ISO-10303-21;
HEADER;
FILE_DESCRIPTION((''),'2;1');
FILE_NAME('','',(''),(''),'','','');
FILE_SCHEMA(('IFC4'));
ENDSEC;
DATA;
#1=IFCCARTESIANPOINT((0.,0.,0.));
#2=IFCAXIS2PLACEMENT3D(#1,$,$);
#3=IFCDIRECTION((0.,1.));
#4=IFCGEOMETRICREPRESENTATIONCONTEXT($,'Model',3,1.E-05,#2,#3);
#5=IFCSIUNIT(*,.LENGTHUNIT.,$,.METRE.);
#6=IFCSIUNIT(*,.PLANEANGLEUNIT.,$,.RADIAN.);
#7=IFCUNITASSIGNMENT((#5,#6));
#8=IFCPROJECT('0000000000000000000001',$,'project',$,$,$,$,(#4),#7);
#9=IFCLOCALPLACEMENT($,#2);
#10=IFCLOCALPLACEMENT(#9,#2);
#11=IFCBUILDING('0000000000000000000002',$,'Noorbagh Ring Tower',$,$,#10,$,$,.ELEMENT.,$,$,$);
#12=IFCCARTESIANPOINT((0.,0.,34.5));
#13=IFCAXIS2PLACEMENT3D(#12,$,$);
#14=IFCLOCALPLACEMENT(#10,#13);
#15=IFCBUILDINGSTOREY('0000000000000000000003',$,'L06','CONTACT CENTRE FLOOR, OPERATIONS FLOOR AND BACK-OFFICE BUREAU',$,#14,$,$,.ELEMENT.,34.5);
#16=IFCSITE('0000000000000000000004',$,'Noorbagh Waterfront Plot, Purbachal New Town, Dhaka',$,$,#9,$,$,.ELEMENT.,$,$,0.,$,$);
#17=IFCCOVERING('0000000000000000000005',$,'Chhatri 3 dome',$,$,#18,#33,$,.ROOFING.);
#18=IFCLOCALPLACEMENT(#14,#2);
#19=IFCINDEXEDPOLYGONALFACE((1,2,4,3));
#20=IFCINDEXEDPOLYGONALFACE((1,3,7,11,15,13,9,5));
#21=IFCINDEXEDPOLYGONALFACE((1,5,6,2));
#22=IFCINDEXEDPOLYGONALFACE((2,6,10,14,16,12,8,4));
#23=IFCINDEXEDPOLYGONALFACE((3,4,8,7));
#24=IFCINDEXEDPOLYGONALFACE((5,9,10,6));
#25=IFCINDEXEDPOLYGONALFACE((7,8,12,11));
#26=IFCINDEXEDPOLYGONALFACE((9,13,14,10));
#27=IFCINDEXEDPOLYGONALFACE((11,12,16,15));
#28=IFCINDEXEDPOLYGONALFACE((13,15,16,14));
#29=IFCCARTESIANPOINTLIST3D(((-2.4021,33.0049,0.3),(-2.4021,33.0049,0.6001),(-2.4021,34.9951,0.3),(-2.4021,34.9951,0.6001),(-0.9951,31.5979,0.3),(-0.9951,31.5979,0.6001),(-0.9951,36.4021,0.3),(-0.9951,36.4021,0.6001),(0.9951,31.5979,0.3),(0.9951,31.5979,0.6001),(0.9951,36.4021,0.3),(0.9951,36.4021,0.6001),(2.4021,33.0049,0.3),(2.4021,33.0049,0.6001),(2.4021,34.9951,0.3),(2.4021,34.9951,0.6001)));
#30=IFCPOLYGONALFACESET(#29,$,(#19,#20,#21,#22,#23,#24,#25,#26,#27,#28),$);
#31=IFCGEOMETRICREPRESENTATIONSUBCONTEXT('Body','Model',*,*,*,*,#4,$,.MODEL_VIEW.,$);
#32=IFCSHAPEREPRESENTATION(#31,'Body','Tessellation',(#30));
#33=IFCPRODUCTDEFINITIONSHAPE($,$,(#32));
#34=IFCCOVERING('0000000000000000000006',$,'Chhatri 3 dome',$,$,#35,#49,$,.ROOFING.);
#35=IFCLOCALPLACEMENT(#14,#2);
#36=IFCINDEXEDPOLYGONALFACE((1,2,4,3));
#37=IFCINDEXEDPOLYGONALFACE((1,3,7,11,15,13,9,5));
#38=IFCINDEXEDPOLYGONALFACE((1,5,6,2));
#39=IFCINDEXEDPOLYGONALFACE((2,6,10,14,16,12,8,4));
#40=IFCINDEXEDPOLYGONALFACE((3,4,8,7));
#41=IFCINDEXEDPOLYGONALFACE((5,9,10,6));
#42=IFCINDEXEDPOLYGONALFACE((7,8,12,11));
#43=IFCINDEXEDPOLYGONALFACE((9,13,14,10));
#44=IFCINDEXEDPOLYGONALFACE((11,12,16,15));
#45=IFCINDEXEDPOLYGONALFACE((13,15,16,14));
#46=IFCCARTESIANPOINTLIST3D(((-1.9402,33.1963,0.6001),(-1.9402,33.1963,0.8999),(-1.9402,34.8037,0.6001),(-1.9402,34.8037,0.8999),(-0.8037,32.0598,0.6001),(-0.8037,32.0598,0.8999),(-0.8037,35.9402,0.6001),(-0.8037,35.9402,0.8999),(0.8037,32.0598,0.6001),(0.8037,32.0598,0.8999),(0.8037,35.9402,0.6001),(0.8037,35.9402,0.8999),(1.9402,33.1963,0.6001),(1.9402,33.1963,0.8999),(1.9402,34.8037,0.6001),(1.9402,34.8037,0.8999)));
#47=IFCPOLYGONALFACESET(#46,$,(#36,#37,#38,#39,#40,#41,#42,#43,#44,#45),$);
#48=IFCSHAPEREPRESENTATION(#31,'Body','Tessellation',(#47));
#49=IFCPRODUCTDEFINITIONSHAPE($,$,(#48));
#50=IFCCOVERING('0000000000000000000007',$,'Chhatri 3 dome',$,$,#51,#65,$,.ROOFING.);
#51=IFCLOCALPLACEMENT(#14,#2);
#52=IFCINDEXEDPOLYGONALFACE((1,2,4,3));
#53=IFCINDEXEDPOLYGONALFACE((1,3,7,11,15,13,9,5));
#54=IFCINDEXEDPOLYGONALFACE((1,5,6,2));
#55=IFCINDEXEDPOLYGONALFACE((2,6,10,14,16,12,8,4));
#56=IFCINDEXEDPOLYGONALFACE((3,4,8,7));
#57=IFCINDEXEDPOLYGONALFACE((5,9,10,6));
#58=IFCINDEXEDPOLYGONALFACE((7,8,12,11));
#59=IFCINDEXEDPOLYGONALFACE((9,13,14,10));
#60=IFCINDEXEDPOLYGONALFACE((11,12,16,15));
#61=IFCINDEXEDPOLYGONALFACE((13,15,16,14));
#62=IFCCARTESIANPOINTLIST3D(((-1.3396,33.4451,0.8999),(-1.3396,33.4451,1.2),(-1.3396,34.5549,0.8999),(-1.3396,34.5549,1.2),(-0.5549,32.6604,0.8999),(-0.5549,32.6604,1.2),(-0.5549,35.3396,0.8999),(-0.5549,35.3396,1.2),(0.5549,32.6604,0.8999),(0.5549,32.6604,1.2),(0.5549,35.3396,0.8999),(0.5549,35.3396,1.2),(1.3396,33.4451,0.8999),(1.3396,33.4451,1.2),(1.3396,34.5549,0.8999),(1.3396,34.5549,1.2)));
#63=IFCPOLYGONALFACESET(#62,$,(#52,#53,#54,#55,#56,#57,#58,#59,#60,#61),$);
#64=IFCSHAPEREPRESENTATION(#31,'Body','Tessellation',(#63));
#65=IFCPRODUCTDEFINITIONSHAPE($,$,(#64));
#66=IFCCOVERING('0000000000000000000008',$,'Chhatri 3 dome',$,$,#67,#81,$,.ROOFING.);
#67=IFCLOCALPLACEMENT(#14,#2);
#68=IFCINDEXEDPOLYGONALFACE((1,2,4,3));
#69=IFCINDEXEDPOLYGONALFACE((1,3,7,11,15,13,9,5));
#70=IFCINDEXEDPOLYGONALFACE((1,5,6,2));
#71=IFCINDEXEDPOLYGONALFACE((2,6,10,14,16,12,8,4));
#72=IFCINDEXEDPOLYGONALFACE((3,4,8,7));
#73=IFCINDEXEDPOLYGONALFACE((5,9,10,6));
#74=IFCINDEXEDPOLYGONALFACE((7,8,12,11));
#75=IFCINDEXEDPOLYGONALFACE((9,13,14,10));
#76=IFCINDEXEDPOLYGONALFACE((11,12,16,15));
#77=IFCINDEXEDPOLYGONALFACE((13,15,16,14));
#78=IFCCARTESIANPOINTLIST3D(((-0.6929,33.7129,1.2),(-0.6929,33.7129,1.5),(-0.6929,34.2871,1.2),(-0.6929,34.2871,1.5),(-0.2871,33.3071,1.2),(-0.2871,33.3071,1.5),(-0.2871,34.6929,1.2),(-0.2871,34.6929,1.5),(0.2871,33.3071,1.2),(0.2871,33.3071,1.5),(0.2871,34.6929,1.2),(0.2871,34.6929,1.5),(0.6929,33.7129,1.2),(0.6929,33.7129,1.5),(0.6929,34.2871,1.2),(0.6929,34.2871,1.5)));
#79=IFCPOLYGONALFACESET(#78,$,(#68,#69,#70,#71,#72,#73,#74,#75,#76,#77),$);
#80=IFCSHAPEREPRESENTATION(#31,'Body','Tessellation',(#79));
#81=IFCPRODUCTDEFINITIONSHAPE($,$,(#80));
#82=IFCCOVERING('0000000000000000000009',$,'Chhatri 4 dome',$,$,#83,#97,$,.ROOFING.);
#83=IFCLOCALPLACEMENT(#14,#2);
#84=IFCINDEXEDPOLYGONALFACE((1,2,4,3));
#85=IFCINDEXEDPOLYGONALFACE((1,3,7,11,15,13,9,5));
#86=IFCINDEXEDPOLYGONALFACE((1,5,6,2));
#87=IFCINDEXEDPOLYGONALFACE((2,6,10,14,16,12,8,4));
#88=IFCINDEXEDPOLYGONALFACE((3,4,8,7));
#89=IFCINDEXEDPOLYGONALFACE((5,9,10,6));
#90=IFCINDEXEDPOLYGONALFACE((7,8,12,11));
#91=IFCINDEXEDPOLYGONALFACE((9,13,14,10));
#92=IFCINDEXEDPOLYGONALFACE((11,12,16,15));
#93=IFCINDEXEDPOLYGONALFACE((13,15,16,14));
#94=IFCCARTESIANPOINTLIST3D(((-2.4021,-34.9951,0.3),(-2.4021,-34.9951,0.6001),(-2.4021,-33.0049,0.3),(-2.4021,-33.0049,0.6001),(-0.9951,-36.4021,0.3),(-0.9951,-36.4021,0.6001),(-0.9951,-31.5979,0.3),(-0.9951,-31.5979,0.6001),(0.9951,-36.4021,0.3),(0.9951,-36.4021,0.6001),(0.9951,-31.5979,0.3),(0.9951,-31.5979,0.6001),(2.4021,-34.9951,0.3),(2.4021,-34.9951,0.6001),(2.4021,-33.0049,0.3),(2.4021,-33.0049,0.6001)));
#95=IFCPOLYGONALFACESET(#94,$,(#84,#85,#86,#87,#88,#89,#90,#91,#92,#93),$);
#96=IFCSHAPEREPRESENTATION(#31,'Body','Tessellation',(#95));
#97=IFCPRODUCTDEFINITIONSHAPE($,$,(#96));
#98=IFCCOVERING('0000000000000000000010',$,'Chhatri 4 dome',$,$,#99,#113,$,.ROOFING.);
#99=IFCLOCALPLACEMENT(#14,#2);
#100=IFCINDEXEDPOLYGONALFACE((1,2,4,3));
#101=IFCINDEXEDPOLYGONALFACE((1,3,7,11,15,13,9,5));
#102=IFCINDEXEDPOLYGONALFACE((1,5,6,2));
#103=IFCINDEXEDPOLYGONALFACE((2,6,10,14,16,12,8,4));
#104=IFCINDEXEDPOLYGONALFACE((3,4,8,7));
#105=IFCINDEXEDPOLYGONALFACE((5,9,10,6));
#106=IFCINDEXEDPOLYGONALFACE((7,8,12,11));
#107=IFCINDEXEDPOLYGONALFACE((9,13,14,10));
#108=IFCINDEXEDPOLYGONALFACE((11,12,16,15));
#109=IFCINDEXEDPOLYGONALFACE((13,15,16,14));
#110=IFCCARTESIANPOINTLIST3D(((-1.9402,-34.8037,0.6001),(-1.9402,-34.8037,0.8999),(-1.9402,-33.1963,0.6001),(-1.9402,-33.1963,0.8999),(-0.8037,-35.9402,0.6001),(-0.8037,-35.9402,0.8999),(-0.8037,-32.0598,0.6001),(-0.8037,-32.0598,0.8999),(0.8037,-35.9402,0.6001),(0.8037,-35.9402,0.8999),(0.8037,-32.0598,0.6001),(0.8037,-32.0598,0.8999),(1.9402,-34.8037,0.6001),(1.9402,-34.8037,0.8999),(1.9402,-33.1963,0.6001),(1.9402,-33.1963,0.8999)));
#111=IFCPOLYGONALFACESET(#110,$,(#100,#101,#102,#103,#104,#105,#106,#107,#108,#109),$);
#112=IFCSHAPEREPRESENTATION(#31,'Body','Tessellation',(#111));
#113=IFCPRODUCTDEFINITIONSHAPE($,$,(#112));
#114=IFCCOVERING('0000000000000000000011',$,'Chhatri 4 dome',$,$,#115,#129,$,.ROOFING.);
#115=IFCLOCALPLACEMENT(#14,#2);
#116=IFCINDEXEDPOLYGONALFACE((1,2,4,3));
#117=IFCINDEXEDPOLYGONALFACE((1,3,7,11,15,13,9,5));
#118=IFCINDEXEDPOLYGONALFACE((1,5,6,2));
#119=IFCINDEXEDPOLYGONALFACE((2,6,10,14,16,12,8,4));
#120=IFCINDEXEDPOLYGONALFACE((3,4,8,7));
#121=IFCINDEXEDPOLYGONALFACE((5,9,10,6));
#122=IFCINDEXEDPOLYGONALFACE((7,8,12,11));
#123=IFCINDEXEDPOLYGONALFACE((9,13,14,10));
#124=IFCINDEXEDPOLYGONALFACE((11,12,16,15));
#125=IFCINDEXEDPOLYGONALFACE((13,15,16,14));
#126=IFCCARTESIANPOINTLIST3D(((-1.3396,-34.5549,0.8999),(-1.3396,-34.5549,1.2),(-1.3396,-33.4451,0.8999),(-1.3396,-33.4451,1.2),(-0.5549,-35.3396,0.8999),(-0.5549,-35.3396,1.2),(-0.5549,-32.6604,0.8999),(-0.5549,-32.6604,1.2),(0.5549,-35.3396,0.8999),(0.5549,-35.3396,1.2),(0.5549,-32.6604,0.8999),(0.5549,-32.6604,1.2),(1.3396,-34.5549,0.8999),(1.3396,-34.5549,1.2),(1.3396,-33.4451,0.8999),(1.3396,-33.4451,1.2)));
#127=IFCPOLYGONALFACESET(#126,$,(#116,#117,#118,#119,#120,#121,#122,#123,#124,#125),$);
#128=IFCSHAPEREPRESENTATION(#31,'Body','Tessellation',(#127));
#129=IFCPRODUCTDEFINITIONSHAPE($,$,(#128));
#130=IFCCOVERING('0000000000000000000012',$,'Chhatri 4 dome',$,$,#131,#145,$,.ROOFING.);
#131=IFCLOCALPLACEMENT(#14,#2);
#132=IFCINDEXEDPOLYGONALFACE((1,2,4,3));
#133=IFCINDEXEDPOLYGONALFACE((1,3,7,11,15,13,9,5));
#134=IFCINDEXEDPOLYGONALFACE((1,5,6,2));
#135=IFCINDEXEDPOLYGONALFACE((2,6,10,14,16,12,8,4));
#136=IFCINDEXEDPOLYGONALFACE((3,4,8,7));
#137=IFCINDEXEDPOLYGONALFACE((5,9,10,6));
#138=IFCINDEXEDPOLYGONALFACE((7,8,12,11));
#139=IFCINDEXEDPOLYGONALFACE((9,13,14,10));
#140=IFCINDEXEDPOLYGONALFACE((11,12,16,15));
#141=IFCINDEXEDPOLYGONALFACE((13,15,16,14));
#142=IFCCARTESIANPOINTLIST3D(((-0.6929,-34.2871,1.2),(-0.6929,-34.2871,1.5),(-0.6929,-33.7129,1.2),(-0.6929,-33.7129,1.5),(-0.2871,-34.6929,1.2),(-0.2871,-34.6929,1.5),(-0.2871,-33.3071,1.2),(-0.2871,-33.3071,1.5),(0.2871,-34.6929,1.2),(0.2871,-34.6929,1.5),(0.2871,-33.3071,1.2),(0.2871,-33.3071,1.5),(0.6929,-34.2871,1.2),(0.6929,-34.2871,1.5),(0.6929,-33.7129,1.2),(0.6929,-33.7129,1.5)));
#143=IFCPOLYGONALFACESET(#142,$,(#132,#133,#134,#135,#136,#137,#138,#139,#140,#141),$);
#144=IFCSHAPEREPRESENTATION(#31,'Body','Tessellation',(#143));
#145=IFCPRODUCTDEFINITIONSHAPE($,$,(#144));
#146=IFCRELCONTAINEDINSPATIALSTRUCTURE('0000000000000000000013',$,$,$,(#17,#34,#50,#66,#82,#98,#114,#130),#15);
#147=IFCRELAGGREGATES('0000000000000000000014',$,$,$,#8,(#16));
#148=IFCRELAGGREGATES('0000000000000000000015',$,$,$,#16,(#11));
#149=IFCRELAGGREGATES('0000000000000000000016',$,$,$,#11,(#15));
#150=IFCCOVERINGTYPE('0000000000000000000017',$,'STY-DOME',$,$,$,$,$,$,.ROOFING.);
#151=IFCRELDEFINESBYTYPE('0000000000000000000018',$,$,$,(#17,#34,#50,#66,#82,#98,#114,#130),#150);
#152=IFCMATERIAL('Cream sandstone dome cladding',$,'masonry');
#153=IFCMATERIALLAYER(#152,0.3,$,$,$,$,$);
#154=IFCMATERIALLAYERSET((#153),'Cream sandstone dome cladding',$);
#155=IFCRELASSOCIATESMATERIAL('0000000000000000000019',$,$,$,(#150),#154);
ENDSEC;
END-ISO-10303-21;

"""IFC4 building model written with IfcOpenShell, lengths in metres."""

from ifc_helpers import new_model, si_unit, direction, frame, origin, place, context, subcontext, project, spatial, polyline, outline, extrude, material, layer, layer_set, type_object, element, save


model = new_model("IFC4")

# Units and contexts
model_context = context("Model", 3, precision=1e-05, world=origin(), true_north=direction((0.0, 1.0)))
body_context = subcontext(model_context, "Body", "Model", "MODEL_VIEW")
ifc_project = project(units=[si_unit("LENGTHUNIT", "METRE"), si_unit("PLANEANGLEUNIT", "RADIAN")], contexts=[model_context])

# Site, building, storey
site_placement = place(None, origin())
site = spatial("IfcSite", under=ifc_project, at=site_placement, Name="Noorbagh Waterfront Plot, Purbachal New Town, Dhaka", CompositionType="ELEMENT", RefElevation=0.0)
building_placement = place(site_placement, origin())
building = spatial("IfcBuilding", under=site, at=building_placement, Name="Noorbagh Ring Tower", CompositionType="ELEMENT")
storey_placement = place(building_placement, frame((0.0, 0.0, 34.5)))
storey = spatial("IfcBuildingStorey", under=building, at=storey_placement, Name="L06", Description="CONTACT CENTRE FLOOR, OPERATIONS FLOOR AND BACK-OFFICE BUREAU", CompositionType="ELEMENT", Elevation=34.5)

# Coverings
ifc_material_1 = material(Name="Cream sandstone dome cladding", Category="masonry")
ifc_layer_1 = layer(ifc_material_1, 0.3)
ifc_layer_set_1 = layer_set([ifc_layer_1], Name="Cream sandstone dome cladding")
covering_type_1 = type_object("IfcCoveringType", Name="STY-DOME", PredefinedType="ROOFING", material=ifc_layer_set_1)
covering_1_placement = place(storey_placement, frame((0.0, 0.0, 0.3)))
element("IfcCovering", 1, at=covering_1_placement, inside=storey, type_object=covering_type_1, Name="Chhatri 3 dome", PredefinedType="ROOFING", context=body_context, shape_type="SweptSolid", body=[
    extrude(outline(polyline([(2.4021, 34.9951), (0.9951, 36.4021), (-0.9951, 36.4021), (-2.4021, 34.9951), (-2.4021, 33.0049), (-0.9951, 31.5979), (0.9951, 31.5979), (2.4021, 33.0049), (2.4021, 34.9951)])), origin(), (0.0, 0.0, 1.0), 0.3),
])
covering_2_placement = place(storey_placement, frame((0.0, 0.0, 0.6001)))
element("IfcCovering", 2, at=covering_2_placement, inside=storey, type_object=covering_type_1, Name="Chhatri 3 dome", PredefinedType="ROOFING", context=body_context, shape_type="SweptSolid", body=[
    extrude(outline(polyline([(1.9402, 34.8037), (0.8037, 35.9402), (-0.8037, 35.9402), (-1.9402, 34.8037), (-1.9402, 33.1963), (-0.8037, 32.0598), (0.8037, 32.0598), (1.9402, 33.1963), (1.9402, 34.8037)])), origin(), (0.0, 0.0, 1.0), 0.2998),
])
covering_3_placement = place(storey_placement, frame((0.0, 0.0, 0.8999)))
element("IfcCovering", 3, at=covering_3_placement, inside=storey, type_object=covering_type_1, Name="Chhatri 3 dome", PredefinedType="ROOFING", context=body_context, shape_type="SweptSolid", body=[
    extrude(outline(polyline([(1.3396, 34.5549), (0.5549, 35.3396), (-0.5549, 35.3396), (-1.3396, 34.5549), (-1.3396, 33.4451), (-0.5549, 32.6604), (0.5549, 32.6604), (1.3396, 33.4451), (1.3396, 34.5549)])), origin(), (0.0, 0.0, 1.0), 0.3),
])
covering_4_placement = place(storey_placement, frame((0.0, 0.0, 1.2)))
element("IfcCovering", 4, at=covering_4_placement, inside=storey, type_object=covering_type_1, Name="Chhatri 3 dome", PredefinedType="ROOFING", context=body_context, shape_type="SweptSolid", body=[
    extrude(outline(polyline([(0.6929, 34.2871), (0.2871, 34.6929), (-0.2871, 34.6929), (-0.6929, 34.2871), (-0.6929, 33.7129), (-0.2871, 33.3071), (0.2871, 33.3071), (0.6929, 33.7129), (0.6929, 34.2871)])), origin(), (0.0, 0.0, 1.0), 0.3),
])
covering_5_placement = place(storey_placement, frame((0.0, 0.0, 0.3)))
element("IfcCovering", 5, at=covering_5_placement, inside=storey, type_object=covering_type_1, Name="Chhatri 4 dome", PredefinedType="ROOFING", context=body_context, shape_type="SweptSolid", body=[
    extrude(outline(polyline([(2.4021, -33.0049), (0.9951, -31.5979), (-0.9951, -31.5979), (-2.4021, -33.0049), (-2.4021, -34.9951), (-0.9951, -36.4021), (0.9951, -36.4021), (2.4021, -34.9951), (2.4021, -33.0049)])), origin(), (0.0, 0.0, 1.0), 0.3),
])
covering_6_placement = place(storey_placement, frame((0.0, 0.0, 0.6001)))
element("IfcCovering", 6, at=covering_6_placement, inside=storey, type_object=covering_type_1, Name="Chhatri 4 dome", PredefinedType="ROOFING", context=body_context, shape_type="SweptSolid", body=[
    extrude(outline(polyline([(1.9402, -33.1963), (0.8037, -32.0598), (-0.8037, -32.0598), (-1.9402, -33.1963), (-1.9402, -34.8037), (-0.8037, -35.9402), (0.8037, -35.9402), (1.9402, -34.8037), (1.9402, -33.1963)])), origin(), (0.0, 0.0, 1.0), 0.2998),
])
covering_7_placement = place(storey_placement, frame((0.0, 0.0, 0.8999)))
element("IfcCovering", 7, at=covering_7_placement, inside=storey, type_object=covering_type_1, Name="Chhatri 4 dome", PredefinedType="ROOFING", context=body_context, shape_type="SweptSolid", body=[
    extrude(outline(polyline([(1.3396, -33.4451), (0.5549, -32.6604), (-0.5549, -32.6604), (-1.3396, -33.4451), (-1.3396, -34.5549), (-0.5549, -35.3396), (0.5549, -35.3396), (1.3396, -34.5549), (1.3396, -33.4451)])), origin(), (0.0, 0.0, 1.0), 0.3),
])
covering_8_placement = place(storey_placement, frame((0.0, 0.0, 1.2)))
element("IfcCovering", 8, at=covering_8_placement, inside=storey, type_object=covering_type_1, Name="Chhatri 4 dome", PredefinedType="ROOFING", context=body_context, shape_type="SweptSolid", body=[
    extrude(outline(polyline([(0.6929, -33.7129), (0.2871, -33.3071), (-0.2871, -33.3071), (-0.6929, -33.7129), (-0.6929, -34.2871), (-0.2871, -34.6929), (0.2871, -34.6929), (0.6929, -34.2871), (0.6929, -33.7129)])), origin(), (0.0, 0.0, 1.0), 0.3),
])

save(model, "model.ifc")
